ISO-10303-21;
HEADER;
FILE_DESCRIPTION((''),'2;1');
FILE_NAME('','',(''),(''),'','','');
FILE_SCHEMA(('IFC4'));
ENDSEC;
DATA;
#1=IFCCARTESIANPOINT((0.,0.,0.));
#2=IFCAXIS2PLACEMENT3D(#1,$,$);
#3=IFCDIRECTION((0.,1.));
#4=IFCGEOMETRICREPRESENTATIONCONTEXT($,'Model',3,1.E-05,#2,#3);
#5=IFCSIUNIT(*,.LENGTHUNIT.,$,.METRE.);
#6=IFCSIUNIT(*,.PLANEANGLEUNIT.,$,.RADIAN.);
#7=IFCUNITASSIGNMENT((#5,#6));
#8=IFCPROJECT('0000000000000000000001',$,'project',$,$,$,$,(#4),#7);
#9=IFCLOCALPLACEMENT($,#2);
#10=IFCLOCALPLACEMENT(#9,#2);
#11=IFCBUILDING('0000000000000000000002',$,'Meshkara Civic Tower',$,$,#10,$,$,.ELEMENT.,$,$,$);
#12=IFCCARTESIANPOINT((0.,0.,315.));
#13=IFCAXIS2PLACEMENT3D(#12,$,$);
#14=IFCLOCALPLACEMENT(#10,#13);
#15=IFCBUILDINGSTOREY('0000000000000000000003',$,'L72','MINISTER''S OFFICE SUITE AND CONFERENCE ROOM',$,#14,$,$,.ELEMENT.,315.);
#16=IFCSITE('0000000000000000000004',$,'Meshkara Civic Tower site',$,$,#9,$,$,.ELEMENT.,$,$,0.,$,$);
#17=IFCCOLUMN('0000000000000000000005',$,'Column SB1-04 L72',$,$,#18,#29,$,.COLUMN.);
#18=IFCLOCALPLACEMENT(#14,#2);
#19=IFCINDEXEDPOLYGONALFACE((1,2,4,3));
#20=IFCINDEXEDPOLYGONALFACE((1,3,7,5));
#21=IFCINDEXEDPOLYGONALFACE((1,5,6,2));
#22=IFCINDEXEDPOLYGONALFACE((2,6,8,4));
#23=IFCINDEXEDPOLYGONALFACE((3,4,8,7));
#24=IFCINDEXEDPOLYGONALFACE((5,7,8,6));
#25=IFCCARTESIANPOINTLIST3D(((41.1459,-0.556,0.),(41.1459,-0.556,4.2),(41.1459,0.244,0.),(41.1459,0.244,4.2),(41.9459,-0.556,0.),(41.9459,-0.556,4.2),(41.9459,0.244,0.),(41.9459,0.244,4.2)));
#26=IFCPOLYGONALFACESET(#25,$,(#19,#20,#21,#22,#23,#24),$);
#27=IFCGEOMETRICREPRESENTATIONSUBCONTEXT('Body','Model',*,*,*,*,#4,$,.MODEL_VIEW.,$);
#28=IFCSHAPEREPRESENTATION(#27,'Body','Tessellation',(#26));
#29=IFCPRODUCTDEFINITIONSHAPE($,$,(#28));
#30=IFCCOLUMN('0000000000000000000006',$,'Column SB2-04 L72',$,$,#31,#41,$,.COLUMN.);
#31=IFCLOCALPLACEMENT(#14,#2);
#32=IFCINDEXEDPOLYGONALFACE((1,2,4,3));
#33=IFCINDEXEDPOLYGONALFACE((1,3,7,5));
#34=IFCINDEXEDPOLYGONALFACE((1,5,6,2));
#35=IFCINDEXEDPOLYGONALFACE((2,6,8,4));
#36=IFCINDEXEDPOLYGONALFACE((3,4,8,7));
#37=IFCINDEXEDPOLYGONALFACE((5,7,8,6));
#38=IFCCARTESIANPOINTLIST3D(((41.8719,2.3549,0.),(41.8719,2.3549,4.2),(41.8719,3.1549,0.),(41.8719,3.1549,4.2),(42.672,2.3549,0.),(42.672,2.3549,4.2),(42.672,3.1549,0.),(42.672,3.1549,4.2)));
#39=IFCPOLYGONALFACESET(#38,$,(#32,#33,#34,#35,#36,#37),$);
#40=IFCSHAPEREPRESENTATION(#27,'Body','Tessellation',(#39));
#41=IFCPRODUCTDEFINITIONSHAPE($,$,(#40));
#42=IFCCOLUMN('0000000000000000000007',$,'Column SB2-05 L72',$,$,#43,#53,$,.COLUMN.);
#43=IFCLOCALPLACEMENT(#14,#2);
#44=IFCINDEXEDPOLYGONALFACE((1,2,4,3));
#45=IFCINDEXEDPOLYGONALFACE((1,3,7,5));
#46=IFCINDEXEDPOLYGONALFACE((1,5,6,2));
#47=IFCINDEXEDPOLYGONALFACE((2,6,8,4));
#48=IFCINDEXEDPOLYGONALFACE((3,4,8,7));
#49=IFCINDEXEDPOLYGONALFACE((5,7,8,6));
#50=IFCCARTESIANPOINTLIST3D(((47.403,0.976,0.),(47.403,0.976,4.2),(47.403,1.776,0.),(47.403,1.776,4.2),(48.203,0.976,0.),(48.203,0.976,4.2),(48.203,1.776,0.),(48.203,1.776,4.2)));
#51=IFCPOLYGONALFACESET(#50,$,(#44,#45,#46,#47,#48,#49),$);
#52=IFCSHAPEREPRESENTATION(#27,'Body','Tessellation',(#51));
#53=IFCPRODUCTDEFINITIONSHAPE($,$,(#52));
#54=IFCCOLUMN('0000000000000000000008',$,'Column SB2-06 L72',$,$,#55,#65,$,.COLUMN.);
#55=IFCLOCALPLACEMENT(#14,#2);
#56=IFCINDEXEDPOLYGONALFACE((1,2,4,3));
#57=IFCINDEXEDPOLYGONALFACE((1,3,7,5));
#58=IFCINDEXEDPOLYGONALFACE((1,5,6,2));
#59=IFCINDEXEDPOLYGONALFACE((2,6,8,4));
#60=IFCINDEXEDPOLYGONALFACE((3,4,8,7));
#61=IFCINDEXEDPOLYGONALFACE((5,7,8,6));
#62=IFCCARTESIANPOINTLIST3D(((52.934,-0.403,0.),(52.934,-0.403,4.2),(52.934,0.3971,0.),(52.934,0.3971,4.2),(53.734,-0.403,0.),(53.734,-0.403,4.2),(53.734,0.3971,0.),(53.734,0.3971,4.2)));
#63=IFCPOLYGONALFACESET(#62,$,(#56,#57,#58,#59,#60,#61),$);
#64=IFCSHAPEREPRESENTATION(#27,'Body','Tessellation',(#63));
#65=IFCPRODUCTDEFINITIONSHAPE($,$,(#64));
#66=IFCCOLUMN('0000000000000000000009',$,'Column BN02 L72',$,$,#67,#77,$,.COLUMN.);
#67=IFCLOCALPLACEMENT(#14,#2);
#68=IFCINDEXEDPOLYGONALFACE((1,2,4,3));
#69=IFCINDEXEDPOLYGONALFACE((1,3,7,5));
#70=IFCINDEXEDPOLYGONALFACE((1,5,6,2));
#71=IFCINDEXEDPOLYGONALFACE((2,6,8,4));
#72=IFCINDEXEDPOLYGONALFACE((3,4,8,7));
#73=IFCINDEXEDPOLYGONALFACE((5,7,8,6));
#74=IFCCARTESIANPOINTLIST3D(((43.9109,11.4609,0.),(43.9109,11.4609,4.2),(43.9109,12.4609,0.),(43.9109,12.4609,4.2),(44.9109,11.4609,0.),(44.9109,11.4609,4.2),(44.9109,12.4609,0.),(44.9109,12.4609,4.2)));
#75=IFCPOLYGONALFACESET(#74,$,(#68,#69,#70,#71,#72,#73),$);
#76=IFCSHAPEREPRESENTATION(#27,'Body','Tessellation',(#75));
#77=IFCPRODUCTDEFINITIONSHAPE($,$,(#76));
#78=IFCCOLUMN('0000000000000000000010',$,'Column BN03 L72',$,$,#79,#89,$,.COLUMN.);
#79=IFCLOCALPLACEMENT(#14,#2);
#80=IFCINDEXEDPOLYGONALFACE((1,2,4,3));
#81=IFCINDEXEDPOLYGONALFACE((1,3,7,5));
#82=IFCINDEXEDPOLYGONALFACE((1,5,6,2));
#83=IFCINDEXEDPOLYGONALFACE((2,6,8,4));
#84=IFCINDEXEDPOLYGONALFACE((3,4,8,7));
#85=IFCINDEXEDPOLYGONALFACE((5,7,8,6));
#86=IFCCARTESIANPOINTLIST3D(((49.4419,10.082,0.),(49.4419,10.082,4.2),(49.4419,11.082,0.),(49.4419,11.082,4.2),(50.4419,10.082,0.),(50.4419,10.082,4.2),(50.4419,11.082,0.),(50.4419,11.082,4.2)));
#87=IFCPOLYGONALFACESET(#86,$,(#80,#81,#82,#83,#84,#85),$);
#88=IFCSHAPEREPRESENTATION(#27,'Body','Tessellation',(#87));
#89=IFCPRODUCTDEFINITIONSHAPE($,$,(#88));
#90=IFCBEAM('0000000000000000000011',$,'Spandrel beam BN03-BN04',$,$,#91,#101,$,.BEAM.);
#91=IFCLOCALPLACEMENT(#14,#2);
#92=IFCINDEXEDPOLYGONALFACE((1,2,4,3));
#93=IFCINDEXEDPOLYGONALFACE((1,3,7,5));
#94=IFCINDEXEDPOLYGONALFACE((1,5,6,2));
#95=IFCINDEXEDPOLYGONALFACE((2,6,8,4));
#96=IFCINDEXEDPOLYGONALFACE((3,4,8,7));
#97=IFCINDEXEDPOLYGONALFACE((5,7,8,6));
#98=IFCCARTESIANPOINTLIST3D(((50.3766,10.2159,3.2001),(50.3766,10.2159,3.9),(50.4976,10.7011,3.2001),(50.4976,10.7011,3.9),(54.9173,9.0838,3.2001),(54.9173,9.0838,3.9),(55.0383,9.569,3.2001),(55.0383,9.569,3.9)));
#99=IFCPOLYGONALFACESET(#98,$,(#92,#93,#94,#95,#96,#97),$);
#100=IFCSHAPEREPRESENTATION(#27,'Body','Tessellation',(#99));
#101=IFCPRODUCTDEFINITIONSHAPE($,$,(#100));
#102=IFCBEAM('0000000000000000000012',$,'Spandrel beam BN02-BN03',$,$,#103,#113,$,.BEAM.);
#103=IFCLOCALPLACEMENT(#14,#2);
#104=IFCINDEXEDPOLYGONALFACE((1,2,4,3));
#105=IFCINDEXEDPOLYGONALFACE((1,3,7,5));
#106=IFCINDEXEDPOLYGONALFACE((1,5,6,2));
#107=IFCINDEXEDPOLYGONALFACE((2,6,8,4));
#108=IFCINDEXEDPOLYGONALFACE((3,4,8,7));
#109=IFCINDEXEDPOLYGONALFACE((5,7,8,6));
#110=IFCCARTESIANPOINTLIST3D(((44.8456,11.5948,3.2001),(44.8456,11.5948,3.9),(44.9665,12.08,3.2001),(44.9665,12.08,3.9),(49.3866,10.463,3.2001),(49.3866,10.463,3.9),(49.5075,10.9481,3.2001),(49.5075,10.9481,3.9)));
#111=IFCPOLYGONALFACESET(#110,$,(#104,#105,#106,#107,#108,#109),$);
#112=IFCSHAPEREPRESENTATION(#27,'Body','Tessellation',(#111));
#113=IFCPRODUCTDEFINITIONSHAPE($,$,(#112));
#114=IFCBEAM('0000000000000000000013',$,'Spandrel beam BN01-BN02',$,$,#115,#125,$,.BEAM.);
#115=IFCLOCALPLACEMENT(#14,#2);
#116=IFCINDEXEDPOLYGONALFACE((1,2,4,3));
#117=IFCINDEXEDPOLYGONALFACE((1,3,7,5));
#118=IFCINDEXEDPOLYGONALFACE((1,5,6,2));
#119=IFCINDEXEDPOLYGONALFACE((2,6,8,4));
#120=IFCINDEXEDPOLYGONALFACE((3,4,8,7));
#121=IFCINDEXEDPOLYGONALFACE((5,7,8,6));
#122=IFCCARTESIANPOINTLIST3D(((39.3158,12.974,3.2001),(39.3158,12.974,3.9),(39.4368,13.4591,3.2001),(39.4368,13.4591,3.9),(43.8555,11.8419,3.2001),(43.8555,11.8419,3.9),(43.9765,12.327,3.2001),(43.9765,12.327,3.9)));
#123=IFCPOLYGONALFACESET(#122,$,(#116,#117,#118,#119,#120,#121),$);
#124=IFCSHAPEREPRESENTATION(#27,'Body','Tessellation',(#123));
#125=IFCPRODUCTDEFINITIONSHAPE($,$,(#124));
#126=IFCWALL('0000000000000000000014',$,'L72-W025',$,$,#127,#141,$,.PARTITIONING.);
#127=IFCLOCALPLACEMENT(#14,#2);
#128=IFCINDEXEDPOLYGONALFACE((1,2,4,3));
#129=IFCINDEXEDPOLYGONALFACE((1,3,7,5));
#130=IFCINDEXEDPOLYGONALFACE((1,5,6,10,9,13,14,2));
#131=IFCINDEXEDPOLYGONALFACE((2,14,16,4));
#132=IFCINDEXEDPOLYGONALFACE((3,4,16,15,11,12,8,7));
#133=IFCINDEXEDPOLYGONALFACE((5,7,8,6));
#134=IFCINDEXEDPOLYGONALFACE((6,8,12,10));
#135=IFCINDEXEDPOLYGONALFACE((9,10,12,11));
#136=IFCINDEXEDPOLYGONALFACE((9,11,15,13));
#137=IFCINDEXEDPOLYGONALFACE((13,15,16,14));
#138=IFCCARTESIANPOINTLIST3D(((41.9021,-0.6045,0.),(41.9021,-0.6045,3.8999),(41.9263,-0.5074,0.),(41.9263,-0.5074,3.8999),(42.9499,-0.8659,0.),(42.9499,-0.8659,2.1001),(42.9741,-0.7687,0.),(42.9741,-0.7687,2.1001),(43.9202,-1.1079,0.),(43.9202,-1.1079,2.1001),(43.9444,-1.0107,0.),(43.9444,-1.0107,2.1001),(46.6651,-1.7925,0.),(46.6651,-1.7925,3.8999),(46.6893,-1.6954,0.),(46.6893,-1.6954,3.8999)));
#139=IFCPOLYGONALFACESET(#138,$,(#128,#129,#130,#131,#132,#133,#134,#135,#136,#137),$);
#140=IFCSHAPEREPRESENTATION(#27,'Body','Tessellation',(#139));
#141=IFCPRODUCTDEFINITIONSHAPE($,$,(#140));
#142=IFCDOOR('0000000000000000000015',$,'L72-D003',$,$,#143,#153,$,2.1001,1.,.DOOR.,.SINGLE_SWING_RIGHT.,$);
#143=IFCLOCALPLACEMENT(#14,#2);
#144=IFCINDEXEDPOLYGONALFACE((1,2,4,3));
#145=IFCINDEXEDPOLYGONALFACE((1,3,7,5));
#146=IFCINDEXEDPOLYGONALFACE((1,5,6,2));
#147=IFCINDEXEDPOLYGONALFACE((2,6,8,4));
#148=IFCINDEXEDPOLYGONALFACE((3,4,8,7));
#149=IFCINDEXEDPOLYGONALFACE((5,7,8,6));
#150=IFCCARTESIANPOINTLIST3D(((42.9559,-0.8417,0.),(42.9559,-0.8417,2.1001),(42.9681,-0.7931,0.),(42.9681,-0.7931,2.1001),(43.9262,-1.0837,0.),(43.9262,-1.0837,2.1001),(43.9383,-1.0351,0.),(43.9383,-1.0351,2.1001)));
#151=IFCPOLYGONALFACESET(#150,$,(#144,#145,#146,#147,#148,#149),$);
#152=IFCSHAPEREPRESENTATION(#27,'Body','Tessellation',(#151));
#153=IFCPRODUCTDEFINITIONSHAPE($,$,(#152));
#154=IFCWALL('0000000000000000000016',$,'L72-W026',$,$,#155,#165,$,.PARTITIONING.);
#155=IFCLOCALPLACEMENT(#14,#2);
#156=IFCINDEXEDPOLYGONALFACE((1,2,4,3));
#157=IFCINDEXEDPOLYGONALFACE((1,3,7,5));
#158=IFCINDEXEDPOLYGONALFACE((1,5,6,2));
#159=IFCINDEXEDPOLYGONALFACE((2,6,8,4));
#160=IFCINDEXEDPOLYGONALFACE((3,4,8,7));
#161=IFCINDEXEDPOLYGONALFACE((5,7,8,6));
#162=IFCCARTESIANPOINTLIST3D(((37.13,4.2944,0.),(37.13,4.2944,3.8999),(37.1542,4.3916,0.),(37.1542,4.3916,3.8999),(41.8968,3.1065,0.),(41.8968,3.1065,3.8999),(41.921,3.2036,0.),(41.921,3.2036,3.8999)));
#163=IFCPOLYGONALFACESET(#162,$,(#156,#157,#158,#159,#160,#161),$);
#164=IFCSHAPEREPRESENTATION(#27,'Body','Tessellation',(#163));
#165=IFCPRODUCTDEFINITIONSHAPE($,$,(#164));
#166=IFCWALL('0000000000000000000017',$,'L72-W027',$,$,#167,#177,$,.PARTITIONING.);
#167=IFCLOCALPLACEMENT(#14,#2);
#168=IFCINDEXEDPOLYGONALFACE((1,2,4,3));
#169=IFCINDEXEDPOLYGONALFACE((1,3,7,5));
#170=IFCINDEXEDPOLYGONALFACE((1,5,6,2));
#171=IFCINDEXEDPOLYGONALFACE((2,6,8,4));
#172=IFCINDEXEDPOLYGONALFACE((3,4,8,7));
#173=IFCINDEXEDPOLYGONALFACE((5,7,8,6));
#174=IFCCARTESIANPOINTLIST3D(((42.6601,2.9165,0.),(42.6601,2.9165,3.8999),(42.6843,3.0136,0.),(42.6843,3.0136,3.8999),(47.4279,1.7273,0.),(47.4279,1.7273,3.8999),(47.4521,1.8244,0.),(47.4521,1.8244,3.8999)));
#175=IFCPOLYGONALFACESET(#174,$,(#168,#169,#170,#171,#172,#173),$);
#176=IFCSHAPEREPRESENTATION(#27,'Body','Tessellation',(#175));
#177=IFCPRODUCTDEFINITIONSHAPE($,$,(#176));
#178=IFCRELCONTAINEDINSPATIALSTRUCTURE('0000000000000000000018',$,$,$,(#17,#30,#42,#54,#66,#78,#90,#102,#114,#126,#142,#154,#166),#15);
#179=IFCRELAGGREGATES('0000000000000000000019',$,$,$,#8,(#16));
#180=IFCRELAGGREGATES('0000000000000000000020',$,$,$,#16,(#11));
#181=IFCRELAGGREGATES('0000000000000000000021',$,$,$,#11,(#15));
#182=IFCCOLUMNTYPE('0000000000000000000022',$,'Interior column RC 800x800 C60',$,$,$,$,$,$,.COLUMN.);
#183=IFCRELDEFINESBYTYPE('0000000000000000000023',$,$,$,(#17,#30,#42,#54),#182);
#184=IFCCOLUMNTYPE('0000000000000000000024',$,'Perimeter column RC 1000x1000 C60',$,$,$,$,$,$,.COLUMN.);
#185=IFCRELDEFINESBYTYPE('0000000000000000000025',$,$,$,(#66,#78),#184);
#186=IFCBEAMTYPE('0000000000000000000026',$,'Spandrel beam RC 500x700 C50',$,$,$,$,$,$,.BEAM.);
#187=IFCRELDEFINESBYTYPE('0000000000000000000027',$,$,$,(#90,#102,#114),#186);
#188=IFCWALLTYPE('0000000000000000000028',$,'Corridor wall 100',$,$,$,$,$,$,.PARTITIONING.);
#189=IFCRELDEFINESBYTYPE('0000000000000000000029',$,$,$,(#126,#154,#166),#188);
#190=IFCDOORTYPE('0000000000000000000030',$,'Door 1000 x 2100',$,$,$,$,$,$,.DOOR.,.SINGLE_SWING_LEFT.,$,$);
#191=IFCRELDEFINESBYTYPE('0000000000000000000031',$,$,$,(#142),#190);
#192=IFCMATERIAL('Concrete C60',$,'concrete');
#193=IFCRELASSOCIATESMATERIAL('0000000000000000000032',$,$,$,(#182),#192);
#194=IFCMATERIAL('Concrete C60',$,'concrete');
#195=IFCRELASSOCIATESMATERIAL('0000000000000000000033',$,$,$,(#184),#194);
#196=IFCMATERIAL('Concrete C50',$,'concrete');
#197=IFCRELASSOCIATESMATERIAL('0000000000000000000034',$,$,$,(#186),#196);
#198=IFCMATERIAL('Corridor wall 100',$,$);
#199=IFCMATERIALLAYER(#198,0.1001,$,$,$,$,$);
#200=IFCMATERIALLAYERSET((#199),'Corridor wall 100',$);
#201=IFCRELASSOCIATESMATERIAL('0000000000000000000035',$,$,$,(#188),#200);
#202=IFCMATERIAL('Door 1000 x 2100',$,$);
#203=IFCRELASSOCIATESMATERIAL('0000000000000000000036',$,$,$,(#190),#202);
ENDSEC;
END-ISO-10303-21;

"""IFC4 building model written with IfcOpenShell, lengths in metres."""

from ifc_helpers import new_model, si_unit, direction, frame, frame_2d, origin, origin_2d, place, context, subcontext, project, spatial, rectangle, extrude, material, layer, layer_set, material_profile, profile_set, type_object, element, fill, save


model = new_model("IFC4")

# Units and contexts
model_context = context("Model", 3, precision=1e-05, world=origin(), true_north=direction((0.0, 1.0)))
body_context = subcontext(model_context, "Body", "Model", "MODEL_VIEW")
ifc_project = project(units=[si_unit("LENGTHUNIT", "METRE"), si_unit("PLANEANGLEUNIT", "RADIAN")], contexts=[model_context])

# Site, building, storey
site_placement = place(None, origin())
site = spatial("IfcSite", under=ifc_project, at=site_placement, Name="Meshkara Civic Tower site", CompositionType="ELEMENT", RefElevation=0.0)
building_placement = place(site_placement, origin())
building = spatial("IfcBuilding", under=site, at=building_placement, Name="Meshkara Civic Tower", CompositionType="ELEMENT")
storey_placement = place(building_placement, frame((0.0, 0.0, 315.0)))
storey = spatial("IfcBuildingStorey", under=building, at=storey_placement, Name="L72", Description="MINISTER'S OFFICE SUITE AND CONFERENCE ROOM", CompositionType="ELEMENT", Elevation=315.0)

# Columns
ifc_material_1 = material(Name="Concrete C60", Category="concrete")
ifc_material_profile_1 = material_profile(ifc_material_1, rectangle(XDim=0.8, YDim=0.8, at=origin_2d()))
ifc_profile_set_1 = profile_set([ifc_material_profile_1], Name="Concrete C60")
column_type_1 = type_object("IfcColumnType", Name="Interior column RC 800x800 C60", PredefinedType="COLUMN", material=ifc_profile_set_1)
for number, where, z_axis, x_axis, name in (
    (1, (41.5459, -0.156, 0.0), (0.0, 0.0, 1.0), (1.0, 0.0, 0.0), "Column SB1-04 L72"),
    (2, (42.272, 2.7549, 0.0), (0.0, 0.0, 1.0), (1.0, 0.0, 0.0), "Column SB2-04 L72"),
    (3, (47.803, 1.376, 0.0), (0.0, 0.0, 1.0), (1.0, 0.0, 0.0), "Column SB2-05 L72"),
    (4, (53.334, -0.0029, 0.0), (0.0, 0.0, 1.0), (1.0, 0.0, 0.0), "Column SB2-06 L72"),
):
    element("IfcColumn", number, at=place(storey_placement, frame(where, z_axis=z_axis, x_axis=x_axis)), inside=storey, type_object=column_type_1, Name=name, PredefinedType="COLUMN", context=body_context, shape_type="SweptSolid", body=[
        extrude(rectangle(XDim=0.8, YDim=0.8, at=origin_2d()), origin(), (0.0, 0.0, 1.0), 4.2),
    ])
ifc_material_2 = material(Name="Concrete C60", Category="concrete")
ifc_material_profile_2 = material_profile(ifc_material_2, rectangle(XDim=1.0, YDim=1.0, at=origin_2d()))
ifc_profile_set_2 = profile_set([ifc_material_profile_2], Name="Concrete C60")
column_type_2 = type_object("IfcColumnType", Name="Perimeter column RC 1000x1000 C60", PredefinedType="COLUMN", material=ifc_profile_set_2)
for number, where, z_axis, x_axis, name in (
    (5, (44.4109, 11.9609, 0.0), (0.0, 0.0, 1.0), (1.0, 0.0, 0.0), "Column BN02 L72"),
    (6, (49.9419, 10.582, 0.0), (0.0, 0.0, 1.0), (1.0, 0.0, 0.0), "Column BN03 L72"),
):
    element("IfcColumn", number, at=place(storey_placement, frame(where, z_axis=z_axis, x_axis=x_axis)), inside=storey, type_object=column_type_2, Name=name, PredefinedType="COLUMN", context=body_context, shape_type="SweptSolid", body=[
        extrude(rectangle(XDim=1.0, YDim=1.0, at=origin_2d()), origin(), (0.0, 0.0, 1.0), 4.2),
    ])

# Beams
ifc_material_3 = material(Name="Concrete C50", Category="concrete")
ifc_material_profile_3 = material_profile(ifc_material_3, rectangle(XDim=0.5, YDim=0.7, at=origin_2d()))
ifc_profile_set_3 = profile_set([ifc_material_profile_3], Name="Concrete C50")
beam_type = type_object("IfcBeamType", Name="Spandrel beam RC 500x700 C50", PredefinedType="BEAM", material=ifc_profile_set_3)
beam_1_placement = place(storey_placement, frame((54.9778, 9.3264, 3.55), z_axis=(-0.970299, 0.24191, 0.0), x_axis=(-0.24191, -0.970299, 0.0)))
element("IfcBeam", 7, at=beam_1_placement, inside=storey, type_object=beam_type, Name="Spandrel beam BN03-BN04", PredefinedType="BEAM", context=body_context, shape_type="SweptSolid", body=[
    extrude(rectangle(XDim=0.5, YDim=0.7, at=origin_2d()), origin(), (0.0, 0.0, 1.0), 4.6797),
])
beam_2_placement = place(storey_placement, frame((49.447, 10.7056, 3.55), z_axis=(-0.970314, 0.241848, 0.0), x_axis=(-0.241848, -0.970314, 0.0)))
element("IfcBeam", 8, at=beam_2_placement, inside=storey, type_object=beam_type, Name="Spandrel beam BN02-BN03", PredefinedType="BEAM", context=body_context, shape_type="SweptSolid", body=[
    extrude(rectangle(XDim=0.5, YDim=0.7, at=origin_2d()), origin(), (0.0, 0.0, 1.0), 4.6799),
])
beam_3_placement = place(storey_placement, frame((43.916, 12.0845, 3.55), z_axis=(-0.970287, 0.241959, 0.0), x_axis=(-0.241959, -0.970287, 0.0)))
element("IfcBeam", 9, at=beam_3_placement, inside=storey, type_object=beam_type, Name="Spandrel beam BN01-BN02", PredefinedType="BEAM", context=body_context, shape_type="SweptSolid", body=[
    extrude(rectangle(XDim=0.5, YDim=0.7, at=origin_2d()), origin(), (0.0, 0.0, 1.0), 4.6787),
])

# Wall, opening, door
ifc_material_4 = material(Name="Corridor wall 100")
ifc_layer_1 = layer(ifc_material_4, 0.1001)
ifc_layer_set_1 = layer_set([ifc_layer_1], Name="Corridor wall 100")
wall_type_1 = type_object("IfcWallType", Name="Corridor wall 100", PredefinedType="PARTITIONING", material=ifc_layer_set_1)
wall_1_placement = place(storey_placement, frame((41.9141, -0.5559, 0.0), z_axis=(0.0, 0.0, 1.0), x_axis=(0.970274, -0.242009, 0.0)))
wall_1 = element("IfcWall", 10, at=wall_1_placement, inside=storey, type_object=wall_type_1, Name="L72-W025", PredefinedType="PARTITIONING", context=body_context, shape_type="SweptSolid", body=[
    extrude(rectangle(XDim=4.9089, YDim=0.1001, at=frame_2d((2.4546, 0.0))), origin(), (0.0, 0.0, 1.0), 3.8999),
])
opening_1_placement = place(wall_1_placement, frame((1.0801, 0.0, 0.0)))
opening_1 = element("IfcOpeningElement", 11, at=opening_1_placement, cuts=wall_1, PredefinedType="OPENING", context=body_context, shape_type="SweptSolid", body=[
    extrude(rectangle(XDim=1.0, YDim=2.1001, at=frame_2d((0.5, 1.05))), frame((0.0, 0.0601, 0.0), z_axis=(0.0, -1.0, 0.0), x_axis=(1.0, 0.0, 0.0)), (0.0, 0.0, 1.0), 0.1201),
])
ifc_material_5 = material(Name="Door 1000 x 2100")
door_type_1 = type_object("IfcDoorType", Name="Door 1000 x 2100", OperationType="SINGLE_SWING_LEFT", PredefinedType="DOOR", material=ifc_material_5)
door_1_placement = place(opening_1_placement, origin())
door_1 = element("IfcDoor", 12, at=door_1_placement, inside=storey, type_object=door_type_1, Name="L72-D003", OperationType="SINGLE_SWING_RIGHT", OverallHeight=2.1001, OverallWidth=1.0, PredefinedType="DOOR", context=body_context, shape_type="SweptSolid", body=[
    extrude(rectangle(XDim=1.0, YDim=2.1001, at=frame_2d((0.5, 1.05))), frame((0.0, 0.0249, 0.0), z_axis=(0.0, -1.0, 0.0), x_axis=(1.0, 0.0, 0.0)), (0.0, 0.0, 1.0), 0.05),
])
fill(opening_1, door_1)

# Walls
wall_2_placement = place(storey_placement, frame((41.9089, 3.155, 0.0), z_axis=(0.0, 0.0, 1.0), x_axis=(-0.970321, 0.241822, 0.0)))
element("IfcWall", 13, at=wall_2_placement, inside=storey, type_object=wall_type_1, Name="L72-W026", PredefinedType="PARTITIONING", context=body_context, shape_type="SweptSolid", body=[
    extrude(rectangle(XDim=4.9126, YDim=0.1001, at=frame_2d((2.4563, 0.0))), origin(), (0.0, 0.0, 1.0), 3.8999),
])
wall_3_placement = place(storey_placement, frame((42.6721, 2.9651, 0.0), z_axis=(0.0, 0.0, 1.0), x_axis=(0.970274, -0.24201, 0.0)))
element("IfcWall", 14, at=wall_3_placement, inside=storey, type_object=wall_type_1, Name="L72-W027", PredefinedType="PARTITIONING", context=body_context, shape_type="SweptSolid", body=[
    extrude(rectangle(XDim=4.9138, YDim=0.1001, at=frame_2d((2.457, 0.0))), origin(), (0.0, 0.0, 1.0), 3.8999),
])

save(model, "model.ifc")
